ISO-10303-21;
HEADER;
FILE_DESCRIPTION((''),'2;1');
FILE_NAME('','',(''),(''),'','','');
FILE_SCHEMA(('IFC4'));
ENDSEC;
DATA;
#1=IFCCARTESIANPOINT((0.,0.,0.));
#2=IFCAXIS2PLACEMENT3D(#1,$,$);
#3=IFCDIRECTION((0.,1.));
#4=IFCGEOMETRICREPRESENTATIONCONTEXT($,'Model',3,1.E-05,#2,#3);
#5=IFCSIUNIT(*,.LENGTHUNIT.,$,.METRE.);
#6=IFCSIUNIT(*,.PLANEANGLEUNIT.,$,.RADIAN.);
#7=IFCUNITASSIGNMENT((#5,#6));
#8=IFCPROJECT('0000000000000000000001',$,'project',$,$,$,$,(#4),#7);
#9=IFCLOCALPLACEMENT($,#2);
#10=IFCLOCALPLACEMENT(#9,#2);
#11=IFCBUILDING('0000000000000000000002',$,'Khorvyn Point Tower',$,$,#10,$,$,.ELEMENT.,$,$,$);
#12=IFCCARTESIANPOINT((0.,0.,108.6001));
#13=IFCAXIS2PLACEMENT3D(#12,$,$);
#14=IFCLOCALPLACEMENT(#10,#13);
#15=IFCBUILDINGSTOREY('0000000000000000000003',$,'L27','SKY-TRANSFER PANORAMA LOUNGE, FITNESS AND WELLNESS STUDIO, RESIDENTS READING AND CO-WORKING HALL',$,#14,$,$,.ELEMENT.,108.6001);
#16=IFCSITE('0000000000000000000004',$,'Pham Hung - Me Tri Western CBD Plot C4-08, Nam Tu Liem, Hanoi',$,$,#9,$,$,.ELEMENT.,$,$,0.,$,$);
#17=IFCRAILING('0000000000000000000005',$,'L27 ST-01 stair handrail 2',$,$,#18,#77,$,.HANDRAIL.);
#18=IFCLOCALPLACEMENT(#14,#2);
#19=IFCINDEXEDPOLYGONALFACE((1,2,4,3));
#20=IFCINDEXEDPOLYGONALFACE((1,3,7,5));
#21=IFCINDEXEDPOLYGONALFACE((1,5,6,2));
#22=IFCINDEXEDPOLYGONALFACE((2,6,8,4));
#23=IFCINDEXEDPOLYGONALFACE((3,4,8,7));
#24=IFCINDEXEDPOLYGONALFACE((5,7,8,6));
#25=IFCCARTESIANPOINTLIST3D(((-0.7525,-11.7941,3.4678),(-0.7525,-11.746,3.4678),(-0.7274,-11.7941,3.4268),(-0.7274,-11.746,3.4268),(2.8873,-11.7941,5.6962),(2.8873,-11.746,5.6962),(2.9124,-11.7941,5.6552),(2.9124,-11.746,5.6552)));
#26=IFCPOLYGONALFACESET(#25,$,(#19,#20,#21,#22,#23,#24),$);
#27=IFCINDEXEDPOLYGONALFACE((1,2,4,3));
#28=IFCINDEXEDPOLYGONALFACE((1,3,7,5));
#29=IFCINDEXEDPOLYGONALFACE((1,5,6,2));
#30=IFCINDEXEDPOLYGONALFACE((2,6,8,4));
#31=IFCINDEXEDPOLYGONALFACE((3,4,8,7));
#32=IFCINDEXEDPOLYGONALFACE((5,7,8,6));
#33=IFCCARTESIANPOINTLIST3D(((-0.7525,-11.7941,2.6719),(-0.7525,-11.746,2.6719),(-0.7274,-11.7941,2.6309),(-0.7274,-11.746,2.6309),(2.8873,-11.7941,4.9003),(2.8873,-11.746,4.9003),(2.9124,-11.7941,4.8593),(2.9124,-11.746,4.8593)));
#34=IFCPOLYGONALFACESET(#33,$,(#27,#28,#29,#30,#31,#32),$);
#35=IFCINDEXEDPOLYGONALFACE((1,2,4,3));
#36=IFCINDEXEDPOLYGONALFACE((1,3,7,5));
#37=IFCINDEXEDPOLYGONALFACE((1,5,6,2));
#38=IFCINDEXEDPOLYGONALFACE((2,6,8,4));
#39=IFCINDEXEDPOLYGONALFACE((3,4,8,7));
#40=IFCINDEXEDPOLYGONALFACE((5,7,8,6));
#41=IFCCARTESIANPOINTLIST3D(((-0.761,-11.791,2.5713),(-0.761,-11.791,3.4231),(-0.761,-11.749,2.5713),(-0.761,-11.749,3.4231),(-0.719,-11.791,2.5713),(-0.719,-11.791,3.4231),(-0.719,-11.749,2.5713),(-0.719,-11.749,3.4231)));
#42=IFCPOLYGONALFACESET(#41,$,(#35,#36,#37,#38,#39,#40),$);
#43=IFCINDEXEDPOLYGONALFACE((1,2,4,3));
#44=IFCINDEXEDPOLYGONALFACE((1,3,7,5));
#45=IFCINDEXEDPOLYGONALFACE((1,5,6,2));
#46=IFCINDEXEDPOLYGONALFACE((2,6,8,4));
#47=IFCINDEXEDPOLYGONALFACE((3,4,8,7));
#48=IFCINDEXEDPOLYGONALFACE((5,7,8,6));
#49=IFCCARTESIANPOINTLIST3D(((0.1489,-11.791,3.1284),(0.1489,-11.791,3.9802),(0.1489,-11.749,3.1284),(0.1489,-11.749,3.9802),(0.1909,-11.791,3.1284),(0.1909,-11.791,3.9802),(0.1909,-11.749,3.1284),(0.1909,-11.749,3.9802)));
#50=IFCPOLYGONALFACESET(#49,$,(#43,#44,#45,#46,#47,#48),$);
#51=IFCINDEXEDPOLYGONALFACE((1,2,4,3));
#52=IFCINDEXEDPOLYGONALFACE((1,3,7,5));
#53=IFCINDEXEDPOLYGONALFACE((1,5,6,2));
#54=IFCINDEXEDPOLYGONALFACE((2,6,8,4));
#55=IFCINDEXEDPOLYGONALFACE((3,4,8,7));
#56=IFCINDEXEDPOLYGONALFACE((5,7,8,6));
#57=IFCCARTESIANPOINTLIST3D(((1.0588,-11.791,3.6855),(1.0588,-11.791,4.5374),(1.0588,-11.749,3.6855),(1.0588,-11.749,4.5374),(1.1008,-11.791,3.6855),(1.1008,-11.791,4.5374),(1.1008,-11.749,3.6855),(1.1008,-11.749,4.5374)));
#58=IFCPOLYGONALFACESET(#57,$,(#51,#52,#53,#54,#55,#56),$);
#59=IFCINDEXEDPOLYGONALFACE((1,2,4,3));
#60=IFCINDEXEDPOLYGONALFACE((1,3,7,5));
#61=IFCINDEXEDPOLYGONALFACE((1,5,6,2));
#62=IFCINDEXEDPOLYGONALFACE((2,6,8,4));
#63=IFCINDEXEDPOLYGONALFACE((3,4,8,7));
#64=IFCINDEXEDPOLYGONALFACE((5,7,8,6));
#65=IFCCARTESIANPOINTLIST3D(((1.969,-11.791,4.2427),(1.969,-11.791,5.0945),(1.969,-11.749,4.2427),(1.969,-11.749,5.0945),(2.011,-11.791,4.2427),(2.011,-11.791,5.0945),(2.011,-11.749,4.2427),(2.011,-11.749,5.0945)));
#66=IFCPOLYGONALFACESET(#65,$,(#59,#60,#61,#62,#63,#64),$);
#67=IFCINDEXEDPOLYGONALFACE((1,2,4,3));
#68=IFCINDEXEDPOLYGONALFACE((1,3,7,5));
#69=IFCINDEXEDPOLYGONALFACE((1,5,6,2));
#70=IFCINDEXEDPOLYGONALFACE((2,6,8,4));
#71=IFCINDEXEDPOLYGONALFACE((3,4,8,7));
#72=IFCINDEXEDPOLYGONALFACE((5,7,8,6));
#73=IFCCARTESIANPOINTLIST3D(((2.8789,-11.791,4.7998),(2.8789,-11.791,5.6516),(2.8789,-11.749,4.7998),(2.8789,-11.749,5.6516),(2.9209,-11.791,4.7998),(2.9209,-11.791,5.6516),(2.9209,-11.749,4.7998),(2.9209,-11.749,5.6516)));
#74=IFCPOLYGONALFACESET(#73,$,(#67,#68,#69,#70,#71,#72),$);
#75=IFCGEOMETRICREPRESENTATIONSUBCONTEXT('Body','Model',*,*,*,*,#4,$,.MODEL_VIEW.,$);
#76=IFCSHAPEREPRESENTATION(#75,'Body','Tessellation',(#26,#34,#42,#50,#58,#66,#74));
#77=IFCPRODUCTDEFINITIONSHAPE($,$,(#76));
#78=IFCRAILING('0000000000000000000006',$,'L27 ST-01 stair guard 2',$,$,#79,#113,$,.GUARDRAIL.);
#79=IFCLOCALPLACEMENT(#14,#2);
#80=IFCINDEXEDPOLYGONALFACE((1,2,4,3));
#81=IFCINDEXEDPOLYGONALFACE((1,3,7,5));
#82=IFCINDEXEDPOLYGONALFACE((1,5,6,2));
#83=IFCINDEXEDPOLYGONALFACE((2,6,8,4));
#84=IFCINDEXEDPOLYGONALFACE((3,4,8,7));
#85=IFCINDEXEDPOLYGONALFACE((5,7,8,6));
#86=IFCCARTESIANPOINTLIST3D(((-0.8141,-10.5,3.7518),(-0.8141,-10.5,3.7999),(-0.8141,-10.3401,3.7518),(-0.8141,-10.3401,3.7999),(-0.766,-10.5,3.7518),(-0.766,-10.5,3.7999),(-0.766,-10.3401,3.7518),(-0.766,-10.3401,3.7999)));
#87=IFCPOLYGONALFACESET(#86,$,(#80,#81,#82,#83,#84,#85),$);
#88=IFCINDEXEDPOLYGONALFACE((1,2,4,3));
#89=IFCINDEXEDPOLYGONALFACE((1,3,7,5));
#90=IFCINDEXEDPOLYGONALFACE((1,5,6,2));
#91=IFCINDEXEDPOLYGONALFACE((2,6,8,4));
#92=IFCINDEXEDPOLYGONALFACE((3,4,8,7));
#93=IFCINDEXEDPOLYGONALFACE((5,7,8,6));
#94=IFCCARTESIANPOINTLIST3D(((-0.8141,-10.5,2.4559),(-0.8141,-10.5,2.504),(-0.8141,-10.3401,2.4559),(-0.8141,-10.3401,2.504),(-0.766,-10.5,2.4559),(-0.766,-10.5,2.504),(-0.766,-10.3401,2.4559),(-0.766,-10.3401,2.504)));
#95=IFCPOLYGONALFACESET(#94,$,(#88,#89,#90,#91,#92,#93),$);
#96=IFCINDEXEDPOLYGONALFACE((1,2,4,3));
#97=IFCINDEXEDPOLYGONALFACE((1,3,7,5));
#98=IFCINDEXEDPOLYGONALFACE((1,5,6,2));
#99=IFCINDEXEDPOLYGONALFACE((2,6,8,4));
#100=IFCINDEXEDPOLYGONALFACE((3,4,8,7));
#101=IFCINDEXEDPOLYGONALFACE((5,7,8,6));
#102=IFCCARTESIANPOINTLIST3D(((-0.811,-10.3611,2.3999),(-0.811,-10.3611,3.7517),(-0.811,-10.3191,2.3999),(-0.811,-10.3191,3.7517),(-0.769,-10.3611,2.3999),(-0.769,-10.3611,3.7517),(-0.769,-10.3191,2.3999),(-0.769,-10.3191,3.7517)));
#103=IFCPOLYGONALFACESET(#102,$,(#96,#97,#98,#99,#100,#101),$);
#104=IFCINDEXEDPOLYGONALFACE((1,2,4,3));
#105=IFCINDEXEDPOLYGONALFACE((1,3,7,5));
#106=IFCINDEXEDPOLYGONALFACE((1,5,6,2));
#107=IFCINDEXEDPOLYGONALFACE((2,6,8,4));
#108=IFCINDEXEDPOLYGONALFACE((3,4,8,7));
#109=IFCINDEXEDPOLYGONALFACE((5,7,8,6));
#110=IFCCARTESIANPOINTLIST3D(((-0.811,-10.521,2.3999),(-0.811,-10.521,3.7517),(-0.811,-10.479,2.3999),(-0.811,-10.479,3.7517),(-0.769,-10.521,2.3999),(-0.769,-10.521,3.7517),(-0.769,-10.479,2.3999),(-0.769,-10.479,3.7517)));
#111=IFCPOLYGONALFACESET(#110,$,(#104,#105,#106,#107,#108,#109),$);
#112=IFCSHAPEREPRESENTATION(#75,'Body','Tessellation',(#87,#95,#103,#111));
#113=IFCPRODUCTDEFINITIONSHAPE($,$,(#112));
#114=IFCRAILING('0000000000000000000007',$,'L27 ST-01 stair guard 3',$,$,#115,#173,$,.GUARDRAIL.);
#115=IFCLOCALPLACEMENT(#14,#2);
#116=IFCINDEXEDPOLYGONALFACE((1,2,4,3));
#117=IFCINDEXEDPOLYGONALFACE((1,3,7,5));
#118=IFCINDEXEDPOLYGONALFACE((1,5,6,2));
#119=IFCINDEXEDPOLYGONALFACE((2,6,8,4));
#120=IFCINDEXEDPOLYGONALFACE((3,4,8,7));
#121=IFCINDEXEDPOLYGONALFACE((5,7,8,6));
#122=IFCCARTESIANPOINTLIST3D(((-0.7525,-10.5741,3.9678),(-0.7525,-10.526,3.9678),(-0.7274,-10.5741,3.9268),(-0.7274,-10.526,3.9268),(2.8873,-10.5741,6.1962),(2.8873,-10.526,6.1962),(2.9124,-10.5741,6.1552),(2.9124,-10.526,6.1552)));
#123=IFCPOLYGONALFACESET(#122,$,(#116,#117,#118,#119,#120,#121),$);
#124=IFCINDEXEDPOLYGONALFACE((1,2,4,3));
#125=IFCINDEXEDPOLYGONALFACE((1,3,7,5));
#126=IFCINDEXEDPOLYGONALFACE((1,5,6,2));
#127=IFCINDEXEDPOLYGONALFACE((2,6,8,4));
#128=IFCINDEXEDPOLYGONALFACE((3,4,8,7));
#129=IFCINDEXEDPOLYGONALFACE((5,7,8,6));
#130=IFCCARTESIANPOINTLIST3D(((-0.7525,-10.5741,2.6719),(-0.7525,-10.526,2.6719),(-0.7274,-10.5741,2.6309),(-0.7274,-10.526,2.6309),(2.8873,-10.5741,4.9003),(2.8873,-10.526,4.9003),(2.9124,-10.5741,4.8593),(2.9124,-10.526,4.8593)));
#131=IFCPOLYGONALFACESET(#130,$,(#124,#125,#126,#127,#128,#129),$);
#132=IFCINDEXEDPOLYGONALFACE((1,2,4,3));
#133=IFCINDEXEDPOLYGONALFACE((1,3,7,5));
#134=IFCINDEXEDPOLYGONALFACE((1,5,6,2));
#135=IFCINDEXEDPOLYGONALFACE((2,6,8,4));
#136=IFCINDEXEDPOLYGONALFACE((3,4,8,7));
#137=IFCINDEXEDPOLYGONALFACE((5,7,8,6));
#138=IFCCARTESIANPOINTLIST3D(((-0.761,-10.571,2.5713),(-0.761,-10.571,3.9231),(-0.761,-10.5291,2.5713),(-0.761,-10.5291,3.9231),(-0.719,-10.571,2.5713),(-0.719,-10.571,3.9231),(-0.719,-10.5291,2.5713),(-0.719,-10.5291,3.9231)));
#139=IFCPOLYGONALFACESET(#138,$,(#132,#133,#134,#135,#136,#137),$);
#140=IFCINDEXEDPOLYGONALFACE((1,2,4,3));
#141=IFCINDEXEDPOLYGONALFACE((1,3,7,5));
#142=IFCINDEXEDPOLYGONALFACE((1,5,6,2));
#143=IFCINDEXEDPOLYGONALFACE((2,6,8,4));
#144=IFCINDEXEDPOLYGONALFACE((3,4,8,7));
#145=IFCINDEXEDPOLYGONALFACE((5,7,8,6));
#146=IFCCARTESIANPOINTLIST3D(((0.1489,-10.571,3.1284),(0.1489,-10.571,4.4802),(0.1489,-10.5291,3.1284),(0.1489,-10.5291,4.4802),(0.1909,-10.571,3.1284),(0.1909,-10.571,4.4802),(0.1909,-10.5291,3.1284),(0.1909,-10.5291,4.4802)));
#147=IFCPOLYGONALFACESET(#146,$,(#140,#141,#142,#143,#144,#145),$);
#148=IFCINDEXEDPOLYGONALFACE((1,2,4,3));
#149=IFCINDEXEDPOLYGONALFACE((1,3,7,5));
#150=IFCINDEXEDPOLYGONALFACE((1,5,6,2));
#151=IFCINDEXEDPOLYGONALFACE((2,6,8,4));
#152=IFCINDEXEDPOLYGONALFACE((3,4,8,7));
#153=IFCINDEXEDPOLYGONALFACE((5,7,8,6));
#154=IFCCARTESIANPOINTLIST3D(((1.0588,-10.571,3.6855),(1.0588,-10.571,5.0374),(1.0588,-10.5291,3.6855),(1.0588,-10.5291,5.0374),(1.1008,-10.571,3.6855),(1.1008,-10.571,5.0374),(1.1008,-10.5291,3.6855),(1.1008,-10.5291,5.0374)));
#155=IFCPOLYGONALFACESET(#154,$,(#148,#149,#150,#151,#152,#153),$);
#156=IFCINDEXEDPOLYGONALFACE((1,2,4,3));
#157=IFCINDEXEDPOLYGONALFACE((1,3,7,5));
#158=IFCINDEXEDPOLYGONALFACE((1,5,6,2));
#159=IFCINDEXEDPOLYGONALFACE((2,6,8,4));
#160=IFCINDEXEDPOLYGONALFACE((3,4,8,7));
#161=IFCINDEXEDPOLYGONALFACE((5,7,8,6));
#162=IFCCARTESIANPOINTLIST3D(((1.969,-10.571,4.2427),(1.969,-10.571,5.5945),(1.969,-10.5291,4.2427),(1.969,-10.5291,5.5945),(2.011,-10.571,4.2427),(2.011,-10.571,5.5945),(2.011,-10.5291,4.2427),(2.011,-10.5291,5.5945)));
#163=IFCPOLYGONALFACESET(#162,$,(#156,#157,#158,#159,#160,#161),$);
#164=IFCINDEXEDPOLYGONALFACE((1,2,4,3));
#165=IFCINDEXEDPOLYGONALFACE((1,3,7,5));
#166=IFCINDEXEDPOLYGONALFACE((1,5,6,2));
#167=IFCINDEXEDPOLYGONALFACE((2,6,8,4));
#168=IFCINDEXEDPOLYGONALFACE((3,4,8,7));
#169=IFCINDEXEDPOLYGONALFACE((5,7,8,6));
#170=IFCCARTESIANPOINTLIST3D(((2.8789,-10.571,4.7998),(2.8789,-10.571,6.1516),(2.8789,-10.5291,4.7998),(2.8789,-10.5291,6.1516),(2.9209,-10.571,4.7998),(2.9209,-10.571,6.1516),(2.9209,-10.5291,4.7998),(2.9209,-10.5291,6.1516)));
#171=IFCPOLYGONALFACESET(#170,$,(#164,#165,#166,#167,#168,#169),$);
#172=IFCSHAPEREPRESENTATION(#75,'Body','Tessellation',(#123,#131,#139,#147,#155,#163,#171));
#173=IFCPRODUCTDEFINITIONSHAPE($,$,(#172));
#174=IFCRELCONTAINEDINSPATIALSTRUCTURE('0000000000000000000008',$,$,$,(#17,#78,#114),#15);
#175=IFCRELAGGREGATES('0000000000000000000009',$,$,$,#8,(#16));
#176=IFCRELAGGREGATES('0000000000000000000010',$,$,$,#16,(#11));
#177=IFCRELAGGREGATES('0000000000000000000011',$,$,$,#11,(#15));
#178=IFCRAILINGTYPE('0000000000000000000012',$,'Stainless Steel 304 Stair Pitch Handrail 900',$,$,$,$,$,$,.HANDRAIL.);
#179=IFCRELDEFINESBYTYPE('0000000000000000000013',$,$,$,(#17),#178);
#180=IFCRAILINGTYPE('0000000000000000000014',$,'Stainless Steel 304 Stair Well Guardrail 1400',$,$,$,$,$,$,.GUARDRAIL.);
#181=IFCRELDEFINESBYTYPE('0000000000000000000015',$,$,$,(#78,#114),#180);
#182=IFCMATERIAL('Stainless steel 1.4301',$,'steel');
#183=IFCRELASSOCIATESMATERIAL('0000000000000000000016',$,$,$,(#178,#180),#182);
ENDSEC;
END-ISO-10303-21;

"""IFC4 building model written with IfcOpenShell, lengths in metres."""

from ifc_helpers import new_model, si_unit, direction, frame, origin, origin_2d, place, context, subcontext, project, spatial, rectangle, extrude, material, type_object, element, save


model = new_model("IFC4")

# Units and contexts
model_context = context("Model", 3, precision=1e-05, world=origin(), true_north=direction((0.0, 1.0)))
body_context = subcontext(model_context, "Body", "Model", "MODEL_VIEW")
ifc_project = project(units=[si_unit("LENGTHUNIT", "METRE"), si_unit("PLANEANGLEUNIT", "RADIAN")], contexts=[model_context])

# Site, building, storey
site_placement = place(None, origin())
site = spatial("IfcSite", under=ifc_project, at=site_placement, Name="Pham Hung - Me Tri Western CBD Plot C4-08, Nam Tu Liem, Hanoi", CompositionType="ELEMENT", RefElevation=0.0)
building_placement = place(site_placement, origin())
building = spatial("IfcBuilding", under=site, at=building_placement, Name="Khorvyn Point Tower", CompositionType="ELEMENT")
storey_placement = place(building_placement, frame((0.0, 0.0, 108.6001)))
storey = spatial("IfcBuildingStorey", under=building, at=storey_placement, Name="L27", Description="SKY-TRANSFER PANORAMA LOUNGE, FITNESS AND WELLNESS STUDIO, RESIDENTS READING AND CO-WORKING HALL", CompositionType="ELEMENT", Elevation=108.6001)

# Railings
ifc_material_1 = material(Name="Stainless steel 1.4301", Category="steel")
railing_type_1 = type_object("IfcRailingType", Name="Stainless Steel 304 Stair Pitch Handrail 900", PredefinedType="HANDRAIL", material=ifc_material_1)
railing_1_placement = place(storey_placement, frame((-0.74, -11.77, 2.5713)))
element("IfcRailing", 1, at=railing_1_placement, inside=storey, type_object=railing_type_1, Name="L27 ST-01 stair handrail 2", PredefinedType="HANDRAIL", context=body_context, shape_type="SweptSolid", body=[
    extrude(rectangle(XDim=0.0481, YDim=0.0481, at=origin_2d()), frame((0.0, 0.0, 0.876), z_axis=(0.85285, 0.0, 0.522156), x_axis=(0.0, 1.0, 0.0)), (0.0, 0.0, 1.0), 4.2678),
    extrude(rectangle(XDim=0.0481, YDim=0.0481, at=origin_2d()), frame((0.0, 0.0, 0.0801), z_axis=(0.85285, 0.0, 0.522156), x_axis=(0.0, 1.0, 0.0)), (0.0, 0.0, 1.0), 4.2678),
    extrude(rectangle(XDim=0.042, YDim=0.042, at=origin_2d()), origin(), (0.0, 0.0, 1.0), 0.8518),
    extrude(rectangle(XDim=0.042, YDim=0.042, at=origin_2d()), frame((0.9099, 0.0, 0.5571)), (0.0, 0.0, 1.0), 0.8518),
    extrude(rectangle(XDim=0.042, YDim=0.042, at=origin_2d()), frame((1.8198, 0.0, 1.1143)), (0.0, 0.0, 1.0), 0.8518),
    extrude(rectangle(XDim=0.042, YDim=0.042, at=origin_2d()), frame((2.73, 0.0, 1.6714)), (0.0, 0.0, 1.0), 0.8518),
    extrude(rectangle(XDim=0.042, YDim=0.042, at=origin_2d()), frame((3.6399, 0.0, 2.2285)), (0.0, 0.0, 1.0), 0.8518),
])
railing_type_2 = type_object("IfcRailingType", Name="Stainless Steel 304 Stair Well Guardrail 1400", PredefinedType="GUARDRAIL", material=ifc_material_1)
railing_2_placement = place(storey_placement, frame((-0.79, -10.3401, 2.3999)))
element("IfcRailing", 2, at=railing_2_placement, inside=storey, type_object=railing_type_2, Name="L27 ST-01 stair guard 2", PredefinedType="GUARDRAIL", context=body_context, shape_type="SweptSolid", body=[
    extrude(rectangle(XDim=0.0481, YDim=0.0481, at=origin_2d()), frame((0.0, 0.0, 1.376), z_axis=(0.0, -1.0, 0.0), x_axis=(1.0, 0.0, 0.0)), (0.0, 0.0, 1.0), 0.1599),
    extrude(rectangle(XDim=0.0481, YDim=0.0481, at=origin_2d()), frame((0.0, 0.0, 0.0801), z_axis=(0.0, -1.0, 0.0), x_axis=(1.0, 0.0, 0.0)), (0.0, 0.0, 1.0), 0.1599),
    extrude(rectangle(XDim=0.042, YDim=0.042, at=origin_2d()), origin(), (0.0, 0.0, 1.0), 1.3518),
    extrude(rectangle(XDim=0.042, YDim=0.042, at=origin_2d()), frame((0.0, -0.1599, 0.0)), (0.0, 0.0, 1.0), 1.3518),
])
railing_3_placement = place(storey_placement, frame((-0.74, -10.55, 2.5713)))
element("IfcRailing", 3, at=railing_3_placement, inside=storey, type_object=railing_type_2, Name="L27 ST-01 stair guard 3", PredefinedType="GUARDRAIL", context=body_context, shape_type="SweptSolid", body=[
    extrude(rectangle(XDim=0.0481, YDim=0.0481, at=origin_2d()), frame((0.0, 0.0, 1.376), z_axis=(0.85285, 0.0, 0.522156), x_axis=(0.0, 1.0, 0.0)), (0.0, 0.0, 1.0), 4.2678),
    extrude(rectangle(XDim=0.0481, YDim=0.0481, at=origin_2d()), frame((0.0, 0.0, 0.0801), z_axis=(0.85285, 0.0, 0.522156), x_axis=(0.0, 1.0, 0.0)), (0.0, 0.0, 1.0), 4.2678),
    extrude(rectangle(XDim=0.042, YDim=0.042, at=origin_2d()), origin(), (0.0, 0.0, 1.0), 1.3518),
    extrude(rectangle(XDim=0.042, YDim=0.042, at=origin_2d()), frame((0.9099, 0.0, 0.5571)), (0.0, 0.0, 1.0), 1.3518),
    extrude(rectangle(XDim=0.042, YDim=0.042, at=origin_2d()), frame((1.8198, 0.0, 1.1143)), (0.0, 0.0, 1.0), 1.3518),
    extrude(rectangle(XDim=0.042, YDim=0.042, at=origin_2d()), frame((2.73, 0.0, 1.6714)), (0.0, 0.0, 1.0), 1.3518),
    extrude(rectangle(XDim=0.042, YDim=0.042, at=origin_2d()), frame((3.6399, 0.0, 2.2285)), (0.0, 0.0, 1.0), 1.3518),
])

save(model, "model.ifc")
